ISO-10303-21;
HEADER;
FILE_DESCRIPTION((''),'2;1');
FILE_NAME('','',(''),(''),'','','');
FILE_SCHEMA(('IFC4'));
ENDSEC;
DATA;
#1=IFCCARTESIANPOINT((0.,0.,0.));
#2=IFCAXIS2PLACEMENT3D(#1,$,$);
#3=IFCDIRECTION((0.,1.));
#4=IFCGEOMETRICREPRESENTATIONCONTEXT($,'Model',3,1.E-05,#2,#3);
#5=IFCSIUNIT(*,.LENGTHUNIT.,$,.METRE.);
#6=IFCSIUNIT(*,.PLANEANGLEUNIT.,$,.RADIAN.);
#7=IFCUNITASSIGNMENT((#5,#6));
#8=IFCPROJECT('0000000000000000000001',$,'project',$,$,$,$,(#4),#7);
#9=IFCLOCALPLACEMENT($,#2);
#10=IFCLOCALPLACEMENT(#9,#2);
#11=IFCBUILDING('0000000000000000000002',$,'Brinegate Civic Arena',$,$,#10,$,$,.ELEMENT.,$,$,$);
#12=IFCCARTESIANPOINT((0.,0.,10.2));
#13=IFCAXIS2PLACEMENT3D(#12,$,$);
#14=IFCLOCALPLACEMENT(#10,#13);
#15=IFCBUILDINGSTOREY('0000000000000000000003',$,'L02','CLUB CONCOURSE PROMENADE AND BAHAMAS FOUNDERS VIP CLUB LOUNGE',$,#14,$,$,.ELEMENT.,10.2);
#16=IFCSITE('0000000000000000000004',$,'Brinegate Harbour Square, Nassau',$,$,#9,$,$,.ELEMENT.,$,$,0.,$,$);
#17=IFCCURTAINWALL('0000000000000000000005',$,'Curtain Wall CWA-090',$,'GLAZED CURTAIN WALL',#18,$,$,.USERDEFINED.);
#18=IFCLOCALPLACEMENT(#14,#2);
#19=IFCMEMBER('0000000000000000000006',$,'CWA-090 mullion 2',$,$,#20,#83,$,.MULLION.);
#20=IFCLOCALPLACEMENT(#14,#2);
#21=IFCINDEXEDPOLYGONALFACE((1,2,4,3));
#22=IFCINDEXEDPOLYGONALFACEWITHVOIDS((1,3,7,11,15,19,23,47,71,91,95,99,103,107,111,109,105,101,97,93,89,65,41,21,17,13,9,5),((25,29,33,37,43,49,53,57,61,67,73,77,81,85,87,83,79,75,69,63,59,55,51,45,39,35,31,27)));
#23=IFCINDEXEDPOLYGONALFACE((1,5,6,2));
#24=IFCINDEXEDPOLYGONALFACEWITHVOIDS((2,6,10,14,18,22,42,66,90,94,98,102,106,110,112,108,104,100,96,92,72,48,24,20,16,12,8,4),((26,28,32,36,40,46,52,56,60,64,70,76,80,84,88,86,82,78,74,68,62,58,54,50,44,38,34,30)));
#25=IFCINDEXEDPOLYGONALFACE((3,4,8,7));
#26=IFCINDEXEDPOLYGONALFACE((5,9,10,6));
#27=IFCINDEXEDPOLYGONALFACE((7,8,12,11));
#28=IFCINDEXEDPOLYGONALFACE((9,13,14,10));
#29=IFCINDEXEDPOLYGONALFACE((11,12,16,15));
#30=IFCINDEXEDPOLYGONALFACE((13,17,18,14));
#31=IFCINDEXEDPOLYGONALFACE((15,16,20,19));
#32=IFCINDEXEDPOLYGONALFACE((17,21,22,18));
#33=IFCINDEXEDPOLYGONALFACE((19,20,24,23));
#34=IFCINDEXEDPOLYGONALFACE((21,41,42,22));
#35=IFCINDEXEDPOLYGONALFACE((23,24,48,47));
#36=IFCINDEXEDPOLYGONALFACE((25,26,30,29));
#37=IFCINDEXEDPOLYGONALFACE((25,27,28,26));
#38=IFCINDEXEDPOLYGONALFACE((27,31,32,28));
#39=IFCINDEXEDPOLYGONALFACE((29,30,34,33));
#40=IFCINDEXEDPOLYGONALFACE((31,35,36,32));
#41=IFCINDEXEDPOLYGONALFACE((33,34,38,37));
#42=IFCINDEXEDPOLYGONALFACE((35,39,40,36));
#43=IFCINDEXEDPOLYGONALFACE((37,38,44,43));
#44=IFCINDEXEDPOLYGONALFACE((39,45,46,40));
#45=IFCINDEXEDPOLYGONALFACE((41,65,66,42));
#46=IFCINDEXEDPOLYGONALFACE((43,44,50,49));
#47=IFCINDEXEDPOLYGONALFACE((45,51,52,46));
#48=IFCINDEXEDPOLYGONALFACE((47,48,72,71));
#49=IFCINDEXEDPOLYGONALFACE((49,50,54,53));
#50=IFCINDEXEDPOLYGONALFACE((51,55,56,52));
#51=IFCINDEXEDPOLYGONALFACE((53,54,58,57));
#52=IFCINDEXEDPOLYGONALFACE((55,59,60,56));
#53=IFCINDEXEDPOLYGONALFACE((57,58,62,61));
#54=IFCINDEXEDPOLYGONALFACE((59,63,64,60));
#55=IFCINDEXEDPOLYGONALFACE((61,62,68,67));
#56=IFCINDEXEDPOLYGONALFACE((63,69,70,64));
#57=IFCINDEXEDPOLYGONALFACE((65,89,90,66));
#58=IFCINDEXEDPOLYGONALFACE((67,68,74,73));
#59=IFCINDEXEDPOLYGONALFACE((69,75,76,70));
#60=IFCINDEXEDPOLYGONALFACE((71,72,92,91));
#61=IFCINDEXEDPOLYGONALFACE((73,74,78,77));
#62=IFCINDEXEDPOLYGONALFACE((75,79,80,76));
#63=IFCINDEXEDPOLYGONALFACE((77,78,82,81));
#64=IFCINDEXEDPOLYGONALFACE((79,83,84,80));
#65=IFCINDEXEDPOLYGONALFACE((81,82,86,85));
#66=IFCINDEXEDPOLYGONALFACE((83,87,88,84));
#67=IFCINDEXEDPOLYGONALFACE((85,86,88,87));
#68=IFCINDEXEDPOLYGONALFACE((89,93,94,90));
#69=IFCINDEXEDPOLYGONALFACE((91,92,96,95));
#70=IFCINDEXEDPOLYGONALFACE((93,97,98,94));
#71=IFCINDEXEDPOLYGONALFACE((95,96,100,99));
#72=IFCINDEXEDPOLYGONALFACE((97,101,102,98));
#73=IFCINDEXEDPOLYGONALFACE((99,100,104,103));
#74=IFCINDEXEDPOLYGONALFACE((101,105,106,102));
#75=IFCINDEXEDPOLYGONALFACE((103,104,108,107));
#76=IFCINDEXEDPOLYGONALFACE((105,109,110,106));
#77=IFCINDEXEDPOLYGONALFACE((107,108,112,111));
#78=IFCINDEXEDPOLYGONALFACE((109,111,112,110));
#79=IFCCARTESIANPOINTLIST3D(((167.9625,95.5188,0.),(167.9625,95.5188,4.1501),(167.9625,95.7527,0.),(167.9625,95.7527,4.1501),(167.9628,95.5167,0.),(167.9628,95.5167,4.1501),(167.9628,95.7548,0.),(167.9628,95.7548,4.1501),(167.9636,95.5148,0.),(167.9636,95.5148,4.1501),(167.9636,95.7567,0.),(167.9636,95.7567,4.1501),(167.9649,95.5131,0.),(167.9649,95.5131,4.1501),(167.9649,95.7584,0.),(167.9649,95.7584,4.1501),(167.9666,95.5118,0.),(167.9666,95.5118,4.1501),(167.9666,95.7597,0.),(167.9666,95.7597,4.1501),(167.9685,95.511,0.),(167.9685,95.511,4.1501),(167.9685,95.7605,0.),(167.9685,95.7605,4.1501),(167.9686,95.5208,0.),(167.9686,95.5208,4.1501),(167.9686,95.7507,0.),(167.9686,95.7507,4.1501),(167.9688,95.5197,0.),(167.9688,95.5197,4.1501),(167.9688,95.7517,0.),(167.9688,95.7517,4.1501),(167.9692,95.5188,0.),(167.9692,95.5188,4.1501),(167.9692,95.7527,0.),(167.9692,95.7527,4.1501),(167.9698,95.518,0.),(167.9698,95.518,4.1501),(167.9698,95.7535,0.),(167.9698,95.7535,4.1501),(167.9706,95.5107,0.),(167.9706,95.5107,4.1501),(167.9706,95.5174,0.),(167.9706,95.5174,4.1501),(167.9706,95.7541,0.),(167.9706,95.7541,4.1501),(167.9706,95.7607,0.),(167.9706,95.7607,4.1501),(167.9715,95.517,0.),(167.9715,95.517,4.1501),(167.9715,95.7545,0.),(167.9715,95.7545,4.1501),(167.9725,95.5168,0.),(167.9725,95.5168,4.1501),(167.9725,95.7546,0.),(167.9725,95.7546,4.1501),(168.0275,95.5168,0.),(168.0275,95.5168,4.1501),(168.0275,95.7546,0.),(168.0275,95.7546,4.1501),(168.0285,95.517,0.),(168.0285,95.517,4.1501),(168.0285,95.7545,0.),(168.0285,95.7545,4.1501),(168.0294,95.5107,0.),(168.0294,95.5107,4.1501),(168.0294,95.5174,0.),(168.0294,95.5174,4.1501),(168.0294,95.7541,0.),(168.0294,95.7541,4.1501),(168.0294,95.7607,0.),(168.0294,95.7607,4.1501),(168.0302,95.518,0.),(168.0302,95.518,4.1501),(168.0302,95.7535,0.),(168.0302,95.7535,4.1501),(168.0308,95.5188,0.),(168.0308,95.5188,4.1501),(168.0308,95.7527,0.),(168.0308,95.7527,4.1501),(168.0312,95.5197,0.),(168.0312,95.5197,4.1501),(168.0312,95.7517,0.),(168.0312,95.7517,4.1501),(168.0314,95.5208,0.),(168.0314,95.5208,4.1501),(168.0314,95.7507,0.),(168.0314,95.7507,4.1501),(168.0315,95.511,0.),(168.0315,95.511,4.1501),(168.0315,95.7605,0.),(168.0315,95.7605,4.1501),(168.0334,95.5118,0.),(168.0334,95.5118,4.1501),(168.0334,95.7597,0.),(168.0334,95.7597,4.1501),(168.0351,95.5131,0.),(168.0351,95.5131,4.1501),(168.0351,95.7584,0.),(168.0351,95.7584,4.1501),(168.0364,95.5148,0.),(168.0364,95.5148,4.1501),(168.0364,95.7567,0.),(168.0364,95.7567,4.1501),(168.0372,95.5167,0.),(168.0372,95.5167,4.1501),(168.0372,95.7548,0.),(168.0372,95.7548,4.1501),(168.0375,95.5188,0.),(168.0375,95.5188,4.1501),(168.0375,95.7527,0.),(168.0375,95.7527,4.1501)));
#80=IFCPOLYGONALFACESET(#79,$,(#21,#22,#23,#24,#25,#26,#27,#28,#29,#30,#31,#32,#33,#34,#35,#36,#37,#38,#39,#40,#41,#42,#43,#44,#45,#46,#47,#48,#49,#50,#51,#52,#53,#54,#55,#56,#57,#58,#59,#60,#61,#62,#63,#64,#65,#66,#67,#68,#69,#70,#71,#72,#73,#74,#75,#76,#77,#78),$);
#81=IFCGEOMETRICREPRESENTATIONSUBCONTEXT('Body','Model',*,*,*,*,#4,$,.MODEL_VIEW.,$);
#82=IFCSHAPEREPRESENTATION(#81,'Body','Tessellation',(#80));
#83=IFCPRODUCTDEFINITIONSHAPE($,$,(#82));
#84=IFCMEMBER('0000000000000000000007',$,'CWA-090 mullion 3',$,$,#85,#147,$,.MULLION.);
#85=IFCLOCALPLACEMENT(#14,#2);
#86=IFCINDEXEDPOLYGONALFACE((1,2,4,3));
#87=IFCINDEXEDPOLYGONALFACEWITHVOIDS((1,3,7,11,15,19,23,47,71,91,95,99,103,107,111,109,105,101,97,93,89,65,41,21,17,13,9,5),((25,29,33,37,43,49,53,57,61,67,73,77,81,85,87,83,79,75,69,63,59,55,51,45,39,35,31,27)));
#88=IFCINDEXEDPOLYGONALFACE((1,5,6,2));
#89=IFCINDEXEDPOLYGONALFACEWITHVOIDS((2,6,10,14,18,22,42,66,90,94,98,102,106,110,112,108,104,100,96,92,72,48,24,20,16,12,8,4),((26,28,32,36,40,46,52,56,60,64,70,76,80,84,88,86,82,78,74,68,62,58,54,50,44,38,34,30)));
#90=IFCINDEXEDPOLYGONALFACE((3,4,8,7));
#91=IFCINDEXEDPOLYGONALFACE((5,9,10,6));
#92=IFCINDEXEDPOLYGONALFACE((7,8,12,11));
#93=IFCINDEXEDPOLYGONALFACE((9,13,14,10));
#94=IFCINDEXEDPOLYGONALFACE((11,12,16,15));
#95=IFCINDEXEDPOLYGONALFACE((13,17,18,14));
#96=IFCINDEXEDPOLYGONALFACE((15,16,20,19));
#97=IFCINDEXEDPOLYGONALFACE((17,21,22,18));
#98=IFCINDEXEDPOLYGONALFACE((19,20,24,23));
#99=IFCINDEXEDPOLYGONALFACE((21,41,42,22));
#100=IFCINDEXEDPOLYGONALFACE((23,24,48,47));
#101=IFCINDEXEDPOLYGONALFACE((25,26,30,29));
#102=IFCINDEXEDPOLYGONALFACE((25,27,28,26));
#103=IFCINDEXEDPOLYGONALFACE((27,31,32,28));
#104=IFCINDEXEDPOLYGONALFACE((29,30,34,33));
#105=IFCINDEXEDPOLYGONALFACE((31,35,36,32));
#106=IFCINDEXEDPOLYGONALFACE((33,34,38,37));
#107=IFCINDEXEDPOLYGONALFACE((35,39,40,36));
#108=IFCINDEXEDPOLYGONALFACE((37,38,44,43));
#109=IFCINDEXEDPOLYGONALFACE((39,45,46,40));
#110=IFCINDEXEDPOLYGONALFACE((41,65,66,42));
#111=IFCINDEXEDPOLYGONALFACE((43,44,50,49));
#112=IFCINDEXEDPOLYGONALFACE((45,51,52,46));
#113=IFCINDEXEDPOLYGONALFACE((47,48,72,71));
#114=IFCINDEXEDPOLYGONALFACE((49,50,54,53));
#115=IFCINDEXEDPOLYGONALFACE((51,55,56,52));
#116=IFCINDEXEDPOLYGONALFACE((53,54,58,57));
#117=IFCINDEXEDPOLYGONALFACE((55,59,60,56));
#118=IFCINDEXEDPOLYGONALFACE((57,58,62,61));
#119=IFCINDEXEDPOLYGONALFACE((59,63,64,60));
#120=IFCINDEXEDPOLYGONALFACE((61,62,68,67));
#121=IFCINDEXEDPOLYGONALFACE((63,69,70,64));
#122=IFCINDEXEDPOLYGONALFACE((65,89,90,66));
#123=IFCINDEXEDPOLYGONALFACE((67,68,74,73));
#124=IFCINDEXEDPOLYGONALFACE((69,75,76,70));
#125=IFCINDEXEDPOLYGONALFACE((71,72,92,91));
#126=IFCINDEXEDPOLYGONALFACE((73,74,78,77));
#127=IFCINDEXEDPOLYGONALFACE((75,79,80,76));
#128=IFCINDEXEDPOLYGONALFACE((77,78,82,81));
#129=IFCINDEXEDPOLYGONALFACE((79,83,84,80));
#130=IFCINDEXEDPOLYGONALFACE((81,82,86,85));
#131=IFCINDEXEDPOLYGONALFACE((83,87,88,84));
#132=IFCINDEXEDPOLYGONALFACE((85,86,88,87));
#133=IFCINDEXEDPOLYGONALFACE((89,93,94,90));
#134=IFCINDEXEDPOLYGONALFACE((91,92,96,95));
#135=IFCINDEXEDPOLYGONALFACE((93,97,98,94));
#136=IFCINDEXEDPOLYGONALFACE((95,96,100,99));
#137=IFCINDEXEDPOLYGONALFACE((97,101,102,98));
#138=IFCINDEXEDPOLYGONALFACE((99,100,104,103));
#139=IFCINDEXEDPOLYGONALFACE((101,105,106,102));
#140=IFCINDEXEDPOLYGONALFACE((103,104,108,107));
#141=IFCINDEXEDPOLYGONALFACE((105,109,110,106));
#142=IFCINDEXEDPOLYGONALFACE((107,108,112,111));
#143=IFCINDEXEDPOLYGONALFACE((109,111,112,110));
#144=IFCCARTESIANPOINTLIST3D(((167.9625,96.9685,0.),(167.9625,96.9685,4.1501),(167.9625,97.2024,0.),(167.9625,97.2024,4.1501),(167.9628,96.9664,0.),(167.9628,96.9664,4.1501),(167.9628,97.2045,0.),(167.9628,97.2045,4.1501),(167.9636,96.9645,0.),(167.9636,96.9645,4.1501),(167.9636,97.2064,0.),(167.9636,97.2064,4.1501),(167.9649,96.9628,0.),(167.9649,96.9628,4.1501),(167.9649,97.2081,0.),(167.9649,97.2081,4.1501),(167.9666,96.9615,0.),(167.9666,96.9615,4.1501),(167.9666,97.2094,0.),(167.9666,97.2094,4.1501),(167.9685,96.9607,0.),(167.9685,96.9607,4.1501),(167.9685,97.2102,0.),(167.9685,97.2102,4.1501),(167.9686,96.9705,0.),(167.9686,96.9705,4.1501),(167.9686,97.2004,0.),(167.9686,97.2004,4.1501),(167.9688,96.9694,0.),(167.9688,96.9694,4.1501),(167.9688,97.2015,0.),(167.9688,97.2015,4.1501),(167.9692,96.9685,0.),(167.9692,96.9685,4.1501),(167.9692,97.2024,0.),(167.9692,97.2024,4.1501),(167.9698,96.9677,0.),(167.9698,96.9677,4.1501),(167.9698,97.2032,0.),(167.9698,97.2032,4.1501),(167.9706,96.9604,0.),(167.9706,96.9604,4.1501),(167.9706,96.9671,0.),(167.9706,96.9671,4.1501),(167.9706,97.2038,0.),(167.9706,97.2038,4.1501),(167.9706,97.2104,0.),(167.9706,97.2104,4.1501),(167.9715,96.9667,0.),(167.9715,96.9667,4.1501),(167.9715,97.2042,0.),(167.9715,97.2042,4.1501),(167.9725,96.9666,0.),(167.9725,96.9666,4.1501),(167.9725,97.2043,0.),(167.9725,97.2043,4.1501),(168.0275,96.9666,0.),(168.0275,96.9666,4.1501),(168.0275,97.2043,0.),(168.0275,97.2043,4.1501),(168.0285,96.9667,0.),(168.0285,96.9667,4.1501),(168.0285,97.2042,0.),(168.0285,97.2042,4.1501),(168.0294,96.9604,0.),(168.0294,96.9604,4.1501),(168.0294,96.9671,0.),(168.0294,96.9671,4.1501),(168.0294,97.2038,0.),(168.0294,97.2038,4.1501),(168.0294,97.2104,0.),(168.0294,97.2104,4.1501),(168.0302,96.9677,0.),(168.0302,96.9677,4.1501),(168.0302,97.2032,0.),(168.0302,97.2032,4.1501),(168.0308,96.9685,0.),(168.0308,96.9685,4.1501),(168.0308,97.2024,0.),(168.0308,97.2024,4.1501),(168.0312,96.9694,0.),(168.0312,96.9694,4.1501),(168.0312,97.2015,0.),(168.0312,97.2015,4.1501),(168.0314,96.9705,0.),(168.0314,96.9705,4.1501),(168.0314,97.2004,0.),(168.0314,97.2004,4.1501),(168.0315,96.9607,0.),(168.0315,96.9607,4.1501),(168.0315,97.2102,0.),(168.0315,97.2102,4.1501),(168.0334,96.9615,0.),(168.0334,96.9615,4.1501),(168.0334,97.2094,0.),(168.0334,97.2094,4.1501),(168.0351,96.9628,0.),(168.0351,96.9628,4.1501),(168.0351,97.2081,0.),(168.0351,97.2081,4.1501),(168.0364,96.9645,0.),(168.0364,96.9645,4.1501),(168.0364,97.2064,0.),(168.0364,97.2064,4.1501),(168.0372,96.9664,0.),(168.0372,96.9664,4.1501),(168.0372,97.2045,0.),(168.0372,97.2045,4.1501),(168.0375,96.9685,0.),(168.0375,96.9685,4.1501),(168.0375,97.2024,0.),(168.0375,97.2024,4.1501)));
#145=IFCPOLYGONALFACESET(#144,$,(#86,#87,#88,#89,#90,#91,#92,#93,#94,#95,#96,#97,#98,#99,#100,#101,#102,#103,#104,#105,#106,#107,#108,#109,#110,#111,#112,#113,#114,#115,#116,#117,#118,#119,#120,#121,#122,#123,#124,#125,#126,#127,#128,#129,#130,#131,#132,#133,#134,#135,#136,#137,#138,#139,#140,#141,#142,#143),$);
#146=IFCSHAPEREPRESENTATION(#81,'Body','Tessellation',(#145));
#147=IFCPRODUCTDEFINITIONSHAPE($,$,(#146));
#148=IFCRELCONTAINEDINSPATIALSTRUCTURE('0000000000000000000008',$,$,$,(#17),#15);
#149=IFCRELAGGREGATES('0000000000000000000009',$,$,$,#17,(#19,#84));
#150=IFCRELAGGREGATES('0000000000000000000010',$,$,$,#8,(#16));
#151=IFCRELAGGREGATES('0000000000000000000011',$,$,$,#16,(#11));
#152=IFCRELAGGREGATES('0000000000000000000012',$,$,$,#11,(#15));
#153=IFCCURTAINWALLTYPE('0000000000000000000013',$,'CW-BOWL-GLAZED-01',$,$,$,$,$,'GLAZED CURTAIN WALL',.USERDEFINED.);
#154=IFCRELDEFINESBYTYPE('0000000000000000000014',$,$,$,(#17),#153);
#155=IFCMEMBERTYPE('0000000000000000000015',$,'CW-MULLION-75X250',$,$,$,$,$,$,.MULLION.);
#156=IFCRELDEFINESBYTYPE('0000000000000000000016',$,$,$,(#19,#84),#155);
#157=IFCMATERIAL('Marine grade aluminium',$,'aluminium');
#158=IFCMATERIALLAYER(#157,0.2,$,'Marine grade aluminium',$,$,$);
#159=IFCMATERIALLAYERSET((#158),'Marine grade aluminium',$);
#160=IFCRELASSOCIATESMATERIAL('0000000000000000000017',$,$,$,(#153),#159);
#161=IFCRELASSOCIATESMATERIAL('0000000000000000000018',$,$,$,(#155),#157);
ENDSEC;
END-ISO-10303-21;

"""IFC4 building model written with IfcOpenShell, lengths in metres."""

from ifc_helpers import new_model, si_unit, direction, frame, origin, origin_2d, place, context, subcontext, project, spatial, hollow_rectangle, extrude, material, layer, layer_set, material_profile, profile_set, type_object, element, aggregate, save


model = new_model("IFC4")

# Units and contexts
model_context = context("Model", 3, precision=1e-05, world=origin(), true_north=direction((0.0, 1.0)))
body_context = subcontext(model_context, "Body", "Model", "MODEL_VIEW")
ifc_project = project(units=[si_unit("LENGTHUNIT", "METRE"), si_unit("PLANEANGLEUNIT", "RADIAN")], contexts=[model_context])

# Site, building, storey
site_placement = place(None, origin())
site = spatial("IfcSite", under=ifc_project, at=site_placement, Name="Brinegate Harbour Square, Nassau", CompositionType="ELEMENT", RefElevation=0.0)
building_placement = place(site_placement, origin())
building = spatial("IfcBuilding", under=site, at=building_placement, Name="Brinegate Civic Arena", CompositionType="ELEMENT")
storey_placement = place(building_placement, frame((0.0, 0.0, 10.2)))
storey = spatial("IfcBuildingStorey", under=building, at=storey_placement, Name="L02", Description="CLUB CONCOURSE PROMENADE AND BAHAMAS FOUNDERS VIP CLUB LOUNGE", CompositionType="ELEMENT", Elevation=10.2)

# Shared definitions
ifc_material_1 = material(Name="Marine grade aluminium", Category="aluminium")
ifc_layer_1 = layer(ifc_material_1, 0.2, Name="Marine grade aluminium")
ifc_layer_set_1 = layer_set([ifc_layer_1], Name="Marine grade aluminium")
curtain_wall_type = type_object("IfcCurtainWallType", Name="CW-BOWL-GLAZED-01", ElementType="GLAZED CURTAIN WALL", PredefinedType="USERDEFINED", material=ifc_layer_set_1)

# Curtain wall, members
curtain_wall_1_placement = place(storey_placement, origin())
curtain_wall_1 = element("IfcCurtainWall", 1, at=curtain_wall_1_placement, inside=storey, type_object=curtain_wall_type, Name="Curtain Wall CWA-090", ObjectType="GLAZED CURTAIN WALL", PredefinedType="USERDEFINED")
ifc_material_profile_1 = material_profile(ifc_material_1, hollow_rectangle(XDim=0.075, YDim=0.25, WallThickness=0.0061, InnerFilletRadius=0.0039, OuterFilletRadius=0.0081, at=origin_2d()), Name="MUL75X250")
ifc_profile_set_1 = profile_set([ifc_material_profile_1], Name="Marine grade aluminium")
member_type_1 = type_object("IfcMemberType", Name="CW-MULLION-75X250", PredefinedType="MULLION", material=ifc_profile_set_1)
member_1_placement = place(storey_placement, frame((168.0, 95.6357, 0.0), z_axis=(0.0, 0.0, 1.0), x_axis=(-1.0, 0.0, 0.0)))
member_1 = element("IfcMember", 2, at=member_1_placement, type_object=member_type_1, Name="CWA-090 mullion 2", PredefinedType="MULLION", context=body_context, shape_type="SweptSolid", body=[
    extrude(hollow_rectangle(XDim=0.075, YDim=0.25, WallThickness=0.0061, InnerFilletRadius=0.0039, OuterFilletRadius=0.0081, at=origin_2d()), origin(), (0.0, 0.0, 1.0), 4.1501),
])
member_2_placement = place(storey_placement, frame((168.0, 97.0854, 0.0), z_axis=(0.0, 0.0, 1.0), x_axis=(-1.0, 0.0, 0.0)))
member_2 = element("IfcMember", 3, at=member_2_placement, type_object=member_type_1, Name="CWA-090 mullion 3", PredefinedType="MULLION", context=body_context, shape_type="SweptSolid", body=[
    extrude(hollow_rectangle(XDim=0.075, YDim=0.25, WallThickness=0.0061, InnerFilletRadius=0.0039, OuterFilletRadius=0.0081, at=origin_2d()), origin(), (0.0, 0.0, 1.0), 4.1501),
])

aggregate(curtain_wall_1, [member_1, member_2])

save(model, "model.ifc")
